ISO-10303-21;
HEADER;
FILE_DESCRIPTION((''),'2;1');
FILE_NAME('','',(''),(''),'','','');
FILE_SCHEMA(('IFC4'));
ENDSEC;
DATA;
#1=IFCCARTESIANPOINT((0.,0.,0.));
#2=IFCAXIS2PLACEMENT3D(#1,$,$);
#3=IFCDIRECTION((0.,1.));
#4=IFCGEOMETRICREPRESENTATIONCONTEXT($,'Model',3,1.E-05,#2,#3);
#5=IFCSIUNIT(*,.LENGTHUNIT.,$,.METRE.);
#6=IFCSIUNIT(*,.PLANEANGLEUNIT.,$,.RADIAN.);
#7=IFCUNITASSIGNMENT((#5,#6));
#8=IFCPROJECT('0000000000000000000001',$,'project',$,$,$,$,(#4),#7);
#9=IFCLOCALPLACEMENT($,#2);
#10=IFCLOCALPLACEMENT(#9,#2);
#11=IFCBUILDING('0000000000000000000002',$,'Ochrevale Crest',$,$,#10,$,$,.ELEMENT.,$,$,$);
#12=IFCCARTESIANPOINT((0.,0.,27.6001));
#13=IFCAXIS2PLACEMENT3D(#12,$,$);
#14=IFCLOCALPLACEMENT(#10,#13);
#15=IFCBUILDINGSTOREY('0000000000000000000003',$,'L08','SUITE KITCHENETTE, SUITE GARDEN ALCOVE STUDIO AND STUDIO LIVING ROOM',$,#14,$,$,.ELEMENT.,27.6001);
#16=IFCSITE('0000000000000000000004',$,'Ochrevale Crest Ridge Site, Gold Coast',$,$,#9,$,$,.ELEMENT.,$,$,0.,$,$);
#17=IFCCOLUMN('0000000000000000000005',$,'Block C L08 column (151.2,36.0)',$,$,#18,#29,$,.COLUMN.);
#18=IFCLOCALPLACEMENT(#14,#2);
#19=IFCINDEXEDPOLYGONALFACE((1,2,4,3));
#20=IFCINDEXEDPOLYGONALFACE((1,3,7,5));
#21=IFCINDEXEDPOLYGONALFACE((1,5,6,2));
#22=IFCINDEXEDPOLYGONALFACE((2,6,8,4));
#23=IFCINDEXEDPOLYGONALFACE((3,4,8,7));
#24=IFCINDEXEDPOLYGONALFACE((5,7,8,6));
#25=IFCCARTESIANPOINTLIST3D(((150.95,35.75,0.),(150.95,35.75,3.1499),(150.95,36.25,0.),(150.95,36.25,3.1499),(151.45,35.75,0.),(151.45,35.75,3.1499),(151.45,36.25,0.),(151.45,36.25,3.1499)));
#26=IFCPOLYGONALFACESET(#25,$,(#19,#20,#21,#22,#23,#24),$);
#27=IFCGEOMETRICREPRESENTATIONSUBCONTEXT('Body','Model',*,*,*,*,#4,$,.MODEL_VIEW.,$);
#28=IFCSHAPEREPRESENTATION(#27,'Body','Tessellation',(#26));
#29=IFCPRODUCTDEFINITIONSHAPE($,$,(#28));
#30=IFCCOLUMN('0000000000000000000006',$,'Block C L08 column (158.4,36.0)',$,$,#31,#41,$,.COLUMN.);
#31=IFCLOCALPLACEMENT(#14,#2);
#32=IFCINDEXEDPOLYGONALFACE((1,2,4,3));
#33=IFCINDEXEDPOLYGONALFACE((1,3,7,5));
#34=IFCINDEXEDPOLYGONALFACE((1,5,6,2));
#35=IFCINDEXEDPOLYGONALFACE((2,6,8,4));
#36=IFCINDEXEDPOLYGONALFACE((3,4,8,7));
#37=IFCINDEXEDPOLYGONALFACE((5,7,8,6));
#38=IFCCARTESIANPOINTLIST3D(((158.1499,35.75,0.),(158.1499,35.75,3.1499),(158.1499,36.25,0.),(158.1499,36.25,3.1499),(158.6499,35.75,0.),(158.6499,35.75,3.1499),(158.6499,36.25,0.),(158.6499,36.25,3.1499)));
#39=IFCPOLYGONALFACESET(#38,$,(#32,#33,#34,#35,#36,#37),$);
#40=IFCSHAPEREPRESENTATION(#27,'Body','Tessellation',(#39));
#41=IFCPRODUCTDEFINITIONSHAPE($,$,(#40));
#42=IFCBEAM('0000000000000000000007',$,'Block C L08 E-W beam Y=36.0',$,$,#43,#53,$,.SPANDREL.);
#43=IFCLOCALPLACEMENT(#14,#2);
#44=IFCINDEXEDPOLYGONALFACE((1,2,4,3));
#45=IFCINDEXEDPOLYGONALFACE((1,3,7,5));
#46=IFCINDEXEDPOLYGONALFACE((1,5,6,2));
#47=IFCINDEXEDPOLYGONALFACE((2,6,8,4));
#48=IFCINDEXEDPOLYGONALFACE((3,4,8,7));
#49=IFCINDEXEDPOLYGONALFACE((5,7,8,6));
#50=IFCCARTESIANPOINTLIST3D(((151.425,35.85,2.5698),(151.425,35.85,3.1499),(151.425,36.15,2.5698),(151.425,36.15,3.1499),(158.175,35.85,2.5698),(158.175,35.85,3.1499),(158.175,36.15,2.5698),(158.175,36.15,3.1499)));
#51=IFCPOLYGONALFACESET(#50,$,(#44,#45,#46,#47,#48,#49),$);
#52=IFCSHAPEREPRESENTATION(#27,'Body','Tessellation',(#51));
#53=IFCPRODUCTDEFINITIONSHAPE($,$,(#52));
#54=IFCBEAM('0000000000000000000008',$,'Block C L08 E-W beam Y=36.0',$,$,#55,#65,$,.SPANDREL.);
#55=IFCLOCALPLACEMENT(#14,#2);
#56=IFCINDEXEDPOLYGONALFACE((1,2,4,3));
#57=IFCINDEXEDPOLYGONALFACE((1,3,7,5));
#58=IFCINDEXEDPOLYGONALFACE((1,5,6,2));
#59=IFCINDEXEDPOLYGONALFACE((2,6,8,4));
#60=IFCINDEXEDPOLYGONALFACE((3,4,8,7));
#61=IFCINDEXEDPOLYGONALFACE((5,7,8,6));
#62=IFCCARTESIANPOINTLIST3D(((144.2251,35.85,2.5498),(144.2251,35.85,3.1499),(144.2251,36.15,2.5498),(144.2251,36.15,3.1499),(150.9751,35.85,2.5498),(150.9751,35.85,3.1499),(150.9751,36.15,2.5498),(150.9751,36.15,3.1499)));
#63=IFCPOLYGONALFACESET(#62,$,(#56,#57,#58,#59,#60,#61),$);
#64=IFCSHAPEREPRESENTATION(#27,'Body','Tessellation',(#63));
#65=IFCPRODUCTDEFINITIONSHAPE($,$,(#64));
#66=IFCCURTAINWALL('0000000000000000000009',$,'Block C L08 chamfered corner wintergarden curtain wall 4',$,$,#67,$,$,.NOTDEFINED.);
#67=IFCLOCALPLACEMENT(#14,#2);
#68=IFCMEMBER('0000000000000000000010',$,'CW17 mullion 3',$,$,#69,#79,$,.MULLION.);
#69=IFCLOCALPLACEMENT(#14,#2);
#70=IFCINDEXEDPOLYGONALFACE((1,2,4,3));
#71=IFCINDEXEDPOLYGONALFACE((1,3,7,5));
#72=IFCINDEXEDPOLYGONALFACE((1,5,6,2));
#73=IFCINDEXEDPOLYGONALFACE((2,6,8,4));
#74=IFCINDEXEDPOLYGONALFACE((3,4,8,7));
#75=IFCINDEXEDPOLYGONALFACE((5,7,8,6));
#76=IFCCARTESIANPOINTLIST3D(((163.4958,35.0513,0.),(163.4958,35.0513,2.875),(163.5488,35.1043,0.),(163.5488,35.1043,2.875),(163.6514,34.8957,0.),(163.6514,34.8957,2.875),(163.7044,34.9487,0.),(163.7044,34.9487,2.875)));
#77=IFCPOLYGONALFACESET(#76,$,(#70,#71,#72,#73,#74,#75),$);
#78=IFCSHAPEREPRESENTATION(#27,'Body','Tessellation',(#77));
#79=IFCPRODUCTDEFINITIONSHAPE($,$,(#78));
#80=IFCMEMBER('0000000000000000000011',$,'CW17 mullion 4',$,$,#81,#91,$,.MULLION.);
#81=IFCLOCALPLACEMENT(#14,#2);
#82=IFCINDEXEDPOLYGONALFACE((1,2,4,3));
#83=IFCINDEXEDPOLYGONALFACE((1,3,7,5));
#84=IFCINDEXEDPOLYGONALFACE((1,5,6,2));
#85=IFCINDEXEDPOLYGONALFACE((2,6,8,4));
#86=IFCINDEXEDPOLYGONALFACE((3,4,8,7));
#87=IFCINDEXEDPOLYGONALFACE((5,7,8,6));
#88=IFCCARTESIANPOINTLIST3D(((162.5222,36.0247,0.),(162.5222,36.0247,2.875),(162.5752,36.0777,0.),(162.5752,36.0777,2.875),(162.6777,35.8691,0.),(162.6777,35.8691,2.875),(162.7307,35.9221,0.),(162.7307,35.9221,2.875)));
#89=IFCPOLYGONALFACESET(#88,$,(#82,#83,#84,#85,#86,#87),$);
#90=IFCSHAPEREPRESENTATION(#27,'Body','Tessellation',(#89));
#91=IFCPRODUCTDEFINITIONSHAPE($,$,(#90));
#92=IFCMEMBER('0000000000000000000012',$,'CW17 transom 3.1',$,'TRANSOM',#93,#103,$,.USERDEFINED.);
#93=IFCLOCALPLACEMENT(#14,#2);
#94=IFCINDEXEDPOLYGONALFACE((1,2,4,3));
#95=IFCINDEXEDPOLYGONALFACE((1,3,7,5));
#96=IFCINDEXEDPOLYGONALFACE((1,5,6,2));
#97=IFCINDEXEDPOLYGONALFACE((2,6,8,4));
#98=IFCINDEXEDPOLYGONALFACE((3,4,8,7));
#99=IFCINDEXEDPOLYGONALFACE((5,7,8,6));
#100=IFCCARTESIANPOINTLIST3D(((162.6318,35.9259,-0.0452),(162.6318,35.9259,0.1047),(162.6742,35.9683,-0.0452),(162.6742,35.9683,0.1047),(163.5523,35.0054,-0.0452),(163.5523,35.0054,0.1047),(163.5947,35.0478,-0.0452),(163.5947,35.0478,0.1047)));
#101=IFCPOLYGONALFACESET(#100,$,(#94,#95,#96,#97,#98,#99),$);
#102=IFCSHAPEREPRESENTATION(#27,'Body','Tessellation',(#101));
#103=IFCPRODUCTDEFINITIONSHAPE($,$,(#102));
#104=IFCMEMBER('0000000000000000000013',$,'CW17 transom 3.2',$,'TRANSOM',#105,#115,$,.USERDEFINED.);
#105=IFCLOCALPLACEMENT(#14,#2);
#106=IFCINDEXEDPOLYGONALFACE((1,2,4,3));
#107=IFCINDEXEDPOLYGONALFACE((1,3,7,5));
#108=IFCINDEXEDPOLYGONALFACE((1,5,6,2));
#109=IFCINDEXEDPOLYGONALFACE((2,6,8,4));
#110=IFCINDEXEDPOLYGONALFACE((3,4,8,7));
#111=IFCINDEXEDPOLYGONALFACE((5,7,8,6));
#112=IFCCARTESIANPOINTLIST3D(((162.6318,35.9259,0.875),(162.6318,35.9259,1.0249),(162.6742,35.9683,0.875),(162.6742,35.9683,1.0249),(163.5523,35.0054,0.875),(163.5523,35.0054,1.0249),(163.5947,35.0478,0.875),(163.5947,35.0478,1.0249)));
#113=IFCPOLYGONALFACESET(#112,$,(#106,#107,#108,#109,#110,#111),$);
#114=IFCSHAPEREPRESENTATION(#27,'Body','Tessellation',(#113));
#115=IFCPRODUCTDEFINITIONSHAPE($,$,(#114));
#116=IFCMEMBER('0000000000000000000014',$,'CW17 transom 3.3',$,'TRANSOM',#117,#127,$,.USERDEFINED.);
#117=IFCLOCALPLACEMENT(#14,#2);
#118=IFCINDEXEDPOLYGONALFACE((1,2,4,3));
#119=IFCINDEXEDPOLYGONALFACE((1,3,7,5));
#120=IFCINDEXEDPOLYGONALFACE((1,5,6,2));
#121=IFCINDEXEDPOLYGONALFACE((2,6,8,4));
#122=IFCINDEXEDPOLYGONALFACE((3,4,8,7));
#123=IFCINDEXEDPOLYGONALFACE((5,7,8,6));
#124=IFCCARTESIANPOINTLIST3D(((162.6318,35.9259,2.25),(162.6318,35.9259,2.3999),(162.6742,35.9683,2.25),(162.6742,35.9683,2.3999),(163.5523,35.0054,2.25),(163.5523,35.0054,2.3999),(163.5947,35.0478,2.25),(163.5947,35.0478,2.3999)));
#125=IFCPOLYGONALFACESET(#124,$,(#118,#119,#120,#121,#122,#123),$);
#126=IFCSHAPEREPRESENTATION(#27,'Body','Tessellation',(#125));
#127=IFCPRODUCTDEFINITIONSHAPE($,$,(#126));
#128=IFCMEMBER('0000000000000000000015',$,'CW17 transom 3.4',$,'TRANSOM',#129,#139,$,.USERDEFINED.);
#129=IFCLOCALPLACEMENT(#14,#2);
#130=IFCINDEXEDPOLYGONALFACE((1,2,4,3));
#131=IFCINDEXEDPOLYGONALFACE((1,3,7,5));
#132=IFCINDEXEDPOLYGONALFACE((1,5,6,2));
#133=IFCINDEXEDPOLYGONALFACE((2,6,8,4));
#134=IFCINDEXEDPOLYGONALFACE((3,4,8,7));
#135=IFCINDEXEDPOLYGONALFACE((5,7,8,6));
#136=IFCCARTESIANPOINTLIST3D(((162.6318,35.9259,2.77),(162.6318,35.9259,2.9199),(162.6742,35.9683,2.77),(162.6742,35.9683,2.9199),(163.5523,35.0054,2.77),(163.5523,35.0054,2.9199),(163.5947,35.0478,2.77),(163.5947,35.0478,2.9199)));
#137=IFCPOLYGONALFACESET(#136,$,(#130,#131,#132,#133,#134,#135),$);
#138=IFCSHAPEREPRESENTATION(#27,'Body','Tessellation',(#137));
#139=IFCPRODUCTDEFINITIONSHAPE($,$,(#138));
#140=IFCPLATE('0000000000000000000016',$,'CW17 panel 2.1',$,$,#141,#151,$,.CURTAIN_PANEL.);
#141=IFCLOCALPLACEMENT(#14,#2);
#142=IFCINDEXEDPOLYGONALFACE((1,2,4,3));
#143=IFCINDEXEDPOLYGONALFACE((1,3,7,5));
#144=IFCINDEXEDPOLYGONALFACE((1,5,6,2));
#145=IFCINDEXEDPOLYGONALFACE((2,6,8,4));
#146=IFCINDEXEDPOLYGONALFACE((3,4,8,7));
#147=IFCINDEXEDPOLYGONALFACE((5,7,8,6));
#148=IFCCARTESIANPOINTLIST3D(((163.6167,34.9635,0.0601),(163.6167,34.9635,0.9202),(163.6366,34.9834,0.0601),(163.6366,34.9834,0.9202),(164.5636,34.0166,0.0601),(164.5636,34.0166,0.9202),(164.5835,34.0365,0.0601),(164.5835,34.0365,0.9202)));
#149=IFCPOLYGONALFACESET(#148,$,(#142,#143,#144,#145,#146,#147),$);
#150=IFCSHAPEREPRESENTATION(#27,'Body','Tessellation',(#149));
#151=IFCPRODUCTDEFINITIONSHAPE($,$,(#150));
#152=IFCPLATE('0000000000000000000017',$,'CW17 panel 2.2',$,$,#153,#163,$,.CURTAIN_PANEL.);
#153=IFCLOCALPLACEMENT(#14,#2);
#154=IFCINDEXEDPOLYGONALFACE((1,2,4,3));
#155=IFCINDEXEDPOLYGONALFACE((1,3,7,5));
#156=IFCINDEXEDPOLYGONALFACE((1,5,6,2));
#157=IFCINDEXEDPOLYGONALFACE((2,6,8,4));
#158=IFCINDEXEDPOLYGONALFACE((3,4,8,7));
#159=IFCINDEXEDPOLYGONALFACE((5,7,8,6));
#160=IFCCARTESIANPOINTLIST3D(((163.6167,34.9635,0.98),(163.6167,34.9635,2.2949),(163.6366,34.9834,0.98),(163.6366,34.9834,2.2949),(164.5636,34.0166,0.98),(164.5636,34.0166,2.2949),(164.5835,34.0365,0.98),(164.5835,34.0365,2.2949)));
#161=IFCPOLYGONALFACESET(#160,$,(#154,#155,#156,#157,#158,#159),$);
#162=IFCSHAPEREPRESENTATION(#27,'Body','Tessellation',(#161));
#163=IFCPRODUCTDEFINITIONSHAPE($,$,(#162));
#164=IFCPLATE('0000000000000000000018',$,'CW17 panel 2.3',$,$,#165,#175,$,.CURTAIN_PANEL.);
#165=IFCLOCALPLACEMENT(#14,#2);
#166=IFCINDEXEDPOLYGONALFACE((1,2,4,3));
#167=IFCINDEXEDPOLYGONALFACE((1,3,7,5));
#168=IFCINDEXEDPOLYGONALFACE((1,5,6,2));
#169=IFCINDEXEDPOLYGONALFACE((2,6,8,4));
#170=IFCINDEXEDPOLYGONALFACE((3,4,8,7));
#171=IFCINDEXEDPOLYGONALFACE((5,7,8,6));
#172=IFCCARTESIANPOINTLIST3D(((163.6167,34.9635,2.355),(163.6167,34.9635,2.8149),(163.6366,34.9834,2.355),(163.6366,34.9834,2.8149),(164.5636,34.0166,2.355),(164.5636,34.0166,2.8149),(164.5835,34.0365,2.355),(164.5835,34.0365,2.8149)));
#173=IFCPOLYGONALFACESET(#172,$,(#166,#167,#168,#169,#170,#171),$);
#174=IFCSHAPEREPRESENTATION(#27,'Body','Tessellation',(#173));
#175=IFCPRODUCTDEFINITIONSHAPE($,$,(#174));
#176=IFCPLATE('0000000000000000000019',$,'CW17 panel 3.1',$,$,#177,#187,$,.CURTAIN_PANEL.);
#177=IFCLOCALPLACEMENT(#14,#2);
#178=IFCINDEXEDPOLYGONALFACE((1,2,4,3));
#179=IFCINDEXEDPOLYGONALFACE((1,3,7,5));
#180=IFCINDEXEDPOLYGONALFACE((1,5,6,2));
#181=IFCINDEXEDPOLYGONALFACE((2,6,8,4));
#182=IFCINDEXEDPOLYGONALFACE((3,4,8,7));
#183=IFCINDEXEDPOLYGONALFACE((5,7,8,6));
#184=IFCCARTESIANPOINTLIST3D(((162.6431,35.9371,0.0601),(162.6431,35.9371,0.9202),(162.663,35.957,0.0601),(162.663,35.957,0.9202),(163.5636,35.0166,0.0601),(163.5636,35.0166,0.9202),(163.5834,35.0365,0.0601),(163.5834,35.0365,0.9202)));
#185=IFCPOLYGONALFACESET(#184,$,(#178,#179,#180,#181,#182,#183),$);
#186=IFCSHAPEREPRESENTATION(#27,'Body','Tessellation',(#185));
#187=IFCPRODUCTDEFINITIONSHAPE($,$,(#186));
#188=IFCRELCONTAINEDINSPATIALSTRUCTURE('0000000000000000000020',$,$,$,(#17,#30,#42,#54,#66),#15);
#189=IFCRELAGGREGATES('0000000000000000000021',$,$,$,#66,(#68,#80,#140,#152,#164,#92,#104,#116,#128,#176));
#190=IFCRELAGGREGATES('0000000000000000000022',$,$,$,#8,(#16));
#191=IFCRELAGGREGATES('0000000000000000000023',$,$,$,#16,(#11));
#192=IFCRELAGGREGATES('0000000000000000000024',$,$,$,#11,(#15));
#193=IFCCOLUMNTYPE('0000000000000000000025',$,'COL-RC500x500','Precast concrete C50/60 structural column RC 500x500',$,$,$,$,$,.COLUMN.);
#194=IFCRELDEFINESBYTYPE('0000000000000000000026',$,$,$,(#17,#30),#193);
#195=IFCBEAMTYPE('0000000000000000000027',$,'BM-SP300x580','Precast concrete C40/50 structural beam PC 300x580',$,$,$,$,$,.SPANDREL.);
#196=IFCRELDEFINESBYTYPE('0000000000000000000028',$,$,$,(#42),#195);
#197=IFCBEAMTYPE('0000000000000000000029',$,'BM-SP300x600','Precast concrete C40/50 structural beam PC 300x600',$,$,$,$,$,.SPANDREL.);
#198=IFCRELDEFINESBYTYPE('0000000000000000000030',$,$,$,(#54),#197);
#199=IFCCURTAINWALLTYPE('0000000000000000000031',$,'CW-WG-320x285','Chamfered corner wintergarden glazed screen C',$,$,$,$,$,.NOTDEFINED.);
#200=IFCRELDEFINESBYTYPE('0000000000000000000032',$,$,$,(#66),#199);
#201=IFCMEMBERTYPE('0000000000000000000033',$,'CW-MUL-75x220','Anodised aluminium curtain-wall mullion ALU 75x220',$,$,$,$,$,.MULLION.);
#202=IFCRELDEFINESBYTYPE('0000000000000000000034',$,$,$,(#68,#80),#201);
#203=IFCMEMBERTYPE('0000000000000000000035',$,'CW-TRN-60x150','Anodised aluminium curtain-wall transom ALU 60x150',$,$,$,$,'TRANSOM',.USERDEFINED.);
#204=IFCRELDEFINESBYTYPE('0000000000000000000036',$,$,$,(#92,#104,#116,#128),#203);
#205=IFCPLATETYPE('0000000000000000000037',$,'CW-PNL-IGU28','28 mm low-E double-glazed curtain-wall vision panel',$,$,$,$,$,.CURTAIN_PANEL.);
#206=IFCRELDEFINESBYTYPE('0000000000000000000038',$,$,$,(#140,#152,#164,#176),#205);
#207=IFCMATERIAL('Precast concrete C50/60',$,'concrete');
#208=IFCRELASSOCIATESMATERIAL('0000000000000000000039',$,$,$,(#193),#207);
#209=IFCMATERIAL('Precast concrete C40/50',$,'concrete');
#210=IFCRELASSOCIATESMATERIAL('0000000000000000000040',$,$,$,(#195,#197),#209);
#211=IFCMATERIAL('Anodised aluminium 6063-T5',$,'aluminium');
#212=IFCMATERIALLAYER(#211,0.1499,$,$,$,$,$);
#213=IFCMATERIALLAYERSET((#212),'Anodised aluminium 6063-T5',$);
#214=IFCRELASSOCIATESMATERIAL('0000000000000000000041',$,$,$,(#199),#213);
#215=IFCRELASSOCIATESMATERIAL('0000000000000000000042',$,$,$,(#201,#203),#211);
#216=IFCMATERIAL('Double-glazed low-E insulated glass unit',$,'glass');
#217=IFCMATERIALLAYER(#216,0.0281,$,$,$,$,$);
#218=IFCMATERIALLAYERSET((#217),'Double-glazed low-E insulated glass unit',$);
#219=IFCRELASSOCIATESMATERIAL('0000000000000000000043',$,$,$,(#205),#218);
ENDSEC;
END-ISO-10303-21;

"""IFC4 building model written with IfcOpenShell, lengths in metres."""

from ifc_helpers import new_model, si_unit, direction, frame, origin, origin_2d, place, context, subcontext, project, spatial, rectangle, extrude, material, layer, layer_set, material_profile, profile_set, type_object, element, aggregate, save


model = new_model("IFC4")

# Units and contexts
model_context = context("Model", 3, precision=1e-05, world=origin(), true_north=direction((0.0, 1.0)))
body_context = subcontext(model_context, "Body", "Model", "MODEL_VIEW")
ifc_project = project(units=[si_unit("LENGTHUNIT", "METRE"), si_unit("PLANEANGLEUNIT", "RADIAN")], contexts=[model_context])

# Site, building, storey
site_placement = place(None, origin())
site = spatial("IfcSite", under=ifc_project, at=site_placement, Name="Ochrevale Crest Ridge Site, Gold Coast", CompositionType="ELEMENT", RefElevation=0.0)
building_placement = place(site_placement, origin())
building = spatial("IfcBuilding", under=site, at=building_placement, Name="Ochrevale Crest", CompositionType="ELEMENT")
storey_placement = place(building_placement, frame((0.0, 0.0, 27.6001)))
storey = spatial("IfcBuildingStorey", under=building, at=storey_placement, Name="L08", Description="SUITE KITCHENETTE, SUITE GARDEN ALCOVE STUDIO AND STUDIO LIVING ROOM", CompositionType="ELEMENT", Elevation=27.6001)

# Columns
ifc_material_1 = material(Name="Precast concrete C50/60", Category="concrete")
ifc_material_profile_1 = material_profile(ifc_material_1, rectangle(XDim=0.5, YDim=0.5, at=origin_2d()), Name="RC 500x500")
ifc_profile_set_1 = profile_set([ifc_material_profile_1], Name="Precast concrete C50/60")
column_type = type_object("IfcColumnType", Name="COL-RC500x500", Description="Precast concrete C50/60 structural column RC 500x500", PredefinedType="COLUMN", material=ifc_profile_set_1)
for number, where, z_axis, x_axis, name in (
    (1, (151.2, 36.0, 0.0), (0.0, 0.0, 1.0), (1.0, 0.0, 0.0), "Block C L08 column (151.2,36.0)"),
    (2, (158.3999, 36.0, 0.0), (0.0, 0.0, 1.0), (1.0, 0.0, 0.0), "Block C L08 column (158.4,36.0)"),
):
    element("IfcColumn", number, at=place(storey_placement, frame(where, z_axis=z_axis, x_axis=x_axis)), inside=storey, type_object=column_type, Name=name, PredefinedType="COLUMN", context=body_context, shape_type="SweptSolid", body=[
        extrude(rectangle(XDim=0.5, YDim=0.5, at=origin_2d()), origin(), (0.0, 0.0, 1.0), 3.1499),
    ])

# Beams
ifc_material_2 = material(Name="Precast concrete C40/50", Category="concrete")
ifc_material_profile_2 = material_profile(ifc_material_2, rectangle(XDim=0.3, YDim=0.5801, at=origin_2d()), Name="PC 300x580")
ifc_profile_set_2 = profile_set([ifc_material_profile_2], Name="Precast concrete C40/50")
beam_type_1 = type_object("IfcBeamType", Name="BM-SP300x580", Description="Precast concrete C40/50 structural beam PC 300x580", PredefinedType="SPANDREL", material=ifc_profile_set_2)
beam_1_placement = place(storey_placement, frame((151.425, 36.0, 2.8599), z_axis=(1.0, 0.0, 0.0), x_axis=(0.0, 1.0, 0.0)))
element("IfcBeam", 3, at=beam_1_placement, inside=storey, type_object=beam_type_1, Name="Block C L08 E-W beam Y=36.0", PredefinedType="SPANDREL", context=body_context, shape_type="SweptSolid", body=[
    extrude(rectangle(XDim=0.3, YDim=0.5801, at=origin_2d()), origin(), (0.0, 0.0, 1.0), 6.75),
])
ifc_material_profile_3 = material_profile(ifc_material_2, rectangle(XDim=0.3, YDim=0.6001, at=origin_2d()), Name="PC 300x600")
ifc_profile_set_3 = profile_set([ifc_material_profile_3], Name="Precast concrete C40/50")
beam_type_2 = type_object("IfcBeamType", Name="BM-SP300x600", Description="Precast concrete C40/50 structural beam PC 300x600", PredefinedType="SPANDREL", material=ifc_profile_set_3)
beam_2_placement = place(storey_placement, frame((144.2251, 36.0, 2.8499), z_axis=(1.0, 0.0, 0.0), x_axis=(0.0, 1.0, 0.0)))
element("IfcBeam", 4, at=beam_2_placement, inside=storey, type_object=beam_type_2, Name="Block C L08 E-W beam Y=36.0", PredefinedType="SPANDREL", context=body_context, shape_type="SweptSolid", body=[
    extrude(rectangle(XDim=0.3, YDim=0.6001, at=origin_2d()), origin(), (0.0, 0.0, 1.0), 6.75),
])

# Curtain wall, members, plates
ifc_material_3 = material(Name="Anodised aluminium 6063-T5", Category="aluminium")
ifc_layer_1 = layer(ifc_material_3, 0.1499)
ifc_layer_set_1 = layer_set([ifc_layer_1], Name="Anodised aluminium 6063-T5")
curtain_wall_type = type_object("IfcCurtainWallType", Name="CW-WG-320x285", Description="Chamfered corner wintergarden glazed screen C", PredefinedType="NOTDEFINED", material=ifc_layer_set_1)
curtain_wall_placement = place(storey_placement, origin())
curtain_wall = element("IfcCurtainWall", 5, at=curtain_wall_placement, inside=storey, type_object=curtain_wall_type, Name="Block C L08 chamfered corner wintergarden curtain wall 4", PredefinedType="NOTDEFINED")
ifc_material_profile_4 = material_profile(ifc_material_3, rectangle(XDim=0.075, YDim=0.22, at=origin_2d()), Name="ALU 75x220")
ifc_profile_set_4 = profile_set([ifc_material_profile_4], Name="Anodised aluminium 6063-T5")
member_type_1 = type_object("IfcMemberType", Name="CW-MUL-75x220", Description="Anodised aluminium curtain-wall mullion ALU 75x220", PredefinedType="MULLION", material=ifc_profile_set_4)
member_1_placement = place(storey_placement, frame((163.6001, 35.0, 0.0), z_axis=(0.0, 0.0, 1.0), x_axis=(-0.707107, -0.707107, 0.0)))
member_1 = element("IfcMember", 6, at=member_1_placement, type_object=member_type_1, Name="CW17 mullion 3", PredefinedType="MULLION", context=body_context, shape_type="SweptSolid", body=[
    extrude(rectangle(XDim=0.075, YDim=0.22, at=origin_2d()), origin(), (0.0, 0.0, 1.0), 2.875),
])
member_2_placement = place(storey_placement, frame((162.6265, 35.9734, 0.0), z_axis=(0.0, 0.0, 1.0), x_axis=(-0.707107, -0.707107, 0.0)))
member_2 = element("IfcMember", 7, at=member_2_placement, type_object=member_type_1, Name="CW17 mullion 4", PredefinedType="MULLION", context=body_context, shape_type="SweptSolid", body=[
    extrude(rectangle(XDim=0.075, YDim=0.22, at=origin_2d()), origin(), (0.0, 0.0, 1.0), 2.875),
])
ifc_material_profile_5 = material_profile(ifc_material_3, rectangle(XDim=0.0601, YDim=0.1499, at=origin_2d()), Name="ALU 60x150")
ifc_profile_set_5 = profile_set([ifc_material_profile_5], Name="Anodised aluminium 6063-T5")
member_type_2 = type_object("IfcMemberType", Name="CW-TRN-60x150", Description="Anodised aluminium curtain-wall transom ALU 60x150", ElementType="TRANSOM", PredefinedType="USERDEFINED", material=ifc_profile_set_5)
member_3_placement = place(storey_placement, frame((163.5735, 35.0266, 0.0298), z_axis=(-0.707107, 0.707107, 0.0), x_axis=(-0.707107, -0.707107, 0.0)))
member_3 = element("IfcMember", 8, at=member_3_placement, type_object=member_type_2, Name="CW17 transom 3.1", ObjectType="TRANSOM", PredefinedType="USERDEFINED", context=body_context, shape_type="SweptSolid", body=[
    extrude(rectangle(XDim=0.0601, YDim=0.1499, at=origin_2d()), origin(), (0.0, 0.0, 1.0), 1.3018),
])
member_4_placement = place(storey_placement, frame((163.5735, 35.0266, 0.95), z_axis=(-0.707107, 0.707107, 0.0), x_axis=(-0.707107, -0.707107, 0.0)))
member_4 = element("IfcMember", 9, at=member_4_placement, type_object=member_type_2, Name="CW17 transom 3.2", ObjectType="TRANSOM", PredefinedType="USERDEFINED", context=body_context, shape_type="SweptSolid", body=[
    extrude(rectangle(XDim=0.0601, YDim=0.1499, at=origin_2d()), origin(), (0.0, 0.0, 1.0), 1.3018),
])
member_5_placement = place(storey_placement, frame((163.5735, 35.0266, 2.325), z_axis=(-0.707107, 0.707107, 0.0), x_axis=(-0.707107, -0.707107, 0.0)))
member_5 = element("IfcMember", 10, at=member_5_placement, type_object=member_type_2, Name="CW17 transom 3.3", ObjectType="TRANSOM", PredefinedType="USERDEFINED", context=body_context, shape_type="SweptSolid", body=[
    extrude(rectangle(XDim=0.0601, YDim=0.1499, at=origin_2d()), origin(), (0.0, 0.0, 1.0), 1.3018),
])
member_6_placement = place(storey_placement, frame((163.5735, 35.0266, 2.845), z_axis=(-0.707107, 0.707107, 0.0), x_axis=(-0.707107, -0.707107, 0.0)))
member_6 = element("IfcMember", 11, at=member_6_placement, type_object=member_type_2, Name="CW17 transom 3.4", ObjectType="TRANSOM", PredefinedType="USERDEFINED", context=body_context, shape_type="SweptSolid", body=[
    extrude(rectangle(XDim=0.0601, YDim=0.1499, at=origin_2d()), origin(), (0.0, 0.0, 1.0), 1.3018),
])
ifc_material_4 = material(Name="Double-glazed low-E insulated glass unit", Category="glass")
ifc_layer_2 = layer(ifc_material_4, 0.0281)
ifc_layer_set_2 = layer_set([ifc_layer_2], Name="Double-glazed low-E insulated glass unit")
plate_type = type_object("IfcPlateType", Name="CW-PNL-IGU28", Description="28 mm low-E double-glazed curtain-wall vision panel", PredefinedType="CURTAIN_PANEL", material=ifc_layer_set_2)
plate_1_placement = place(storey_placement, frame((164.1001, 34.5, 0.0601), z_axis=(0.0, 0.0, 1.0), x_axis=(-0.707107, 0.707107, 0.0)))
plate_1 = element("IfcPlate", 12, at=plate_1_placement, type_object=plate_type, Name="CW17 panel 2.1", PredefinedType="CURTAIN_PANEL", context=body_context, shape_type="SweptSolid", body=[
    extrude(rectangle(XDim=1.3391, YDim=0.0281, at=origin_2d()), origin(), (0.0, 0.0, 1.0), 0.8601),
])
plate_2_placement = place(storey_placement, frame((164.1001, 34.5, 0.98), z_axis=(0.0, 0.0, 1.0), x_axis=(-0.707107, 0.707107, 0.0)))
plate_2 = element("IfcPlate", 13, at=plate_2_placement, type_object=plate_type, Name="CW17 panel 2.2", PredefinedType="CURTAIN_PANEL", context=body_context, shape_type="SweptSolid", body=[
    extrude(rectangle(XDim=1.3391, YDim=0.0281, at=origin_2d()), origin(), (0.0, 0.0, 1.0), 1.3149),
])
plate_3_placement = place(storey_placement, frame((164.1001, 34.5, 2.355), z_axis=(0.0, 0.0, 1.0), x_axis=(-0.707107, 0.707107, 0.0)))
plate_3 = element("IfcPlate", 14, at=plate_3_placement, type_object=plate_type, Name="CW17 panel 2.3", PredefinedType="CURTAIN_PANEL", context=body_context, shape_type="SweptSolid", body=[
    extrude(rectangle(XDim=1.3391, YDim=0.0281, at=origin_2d()), origin(), (0.0, 0.0, 1.0), 0.46),
])
plate_4_placement = place(storey_placement, frame((163.1133, 35.4868, 0.0601), z_axis=(0.0, 0.0, 1.0), x_axis=(-0.707107, 0.707107, 0.0)))
plate_4 = element("IfcPlate", 15, at=plate_4_placement, type_object=plate_type, Name="CW17 panel 3.1", PredefinedType="CURTAIN_PANEL", context=body_context, shape_type="SweptSolid", body=[
    extrude(rectangle(XDim=1.3018, YDim=0.0281, at=origin_2d()), origin(), (0.0, 0.0, 1.0), 0.8601),
])
aggregate(curtain_wall, [member_1, member_2, plate_1, plate_2, plate_3, member_3, member_4, member_5, member_6, plate_4])

save(model, "model.ifc")
